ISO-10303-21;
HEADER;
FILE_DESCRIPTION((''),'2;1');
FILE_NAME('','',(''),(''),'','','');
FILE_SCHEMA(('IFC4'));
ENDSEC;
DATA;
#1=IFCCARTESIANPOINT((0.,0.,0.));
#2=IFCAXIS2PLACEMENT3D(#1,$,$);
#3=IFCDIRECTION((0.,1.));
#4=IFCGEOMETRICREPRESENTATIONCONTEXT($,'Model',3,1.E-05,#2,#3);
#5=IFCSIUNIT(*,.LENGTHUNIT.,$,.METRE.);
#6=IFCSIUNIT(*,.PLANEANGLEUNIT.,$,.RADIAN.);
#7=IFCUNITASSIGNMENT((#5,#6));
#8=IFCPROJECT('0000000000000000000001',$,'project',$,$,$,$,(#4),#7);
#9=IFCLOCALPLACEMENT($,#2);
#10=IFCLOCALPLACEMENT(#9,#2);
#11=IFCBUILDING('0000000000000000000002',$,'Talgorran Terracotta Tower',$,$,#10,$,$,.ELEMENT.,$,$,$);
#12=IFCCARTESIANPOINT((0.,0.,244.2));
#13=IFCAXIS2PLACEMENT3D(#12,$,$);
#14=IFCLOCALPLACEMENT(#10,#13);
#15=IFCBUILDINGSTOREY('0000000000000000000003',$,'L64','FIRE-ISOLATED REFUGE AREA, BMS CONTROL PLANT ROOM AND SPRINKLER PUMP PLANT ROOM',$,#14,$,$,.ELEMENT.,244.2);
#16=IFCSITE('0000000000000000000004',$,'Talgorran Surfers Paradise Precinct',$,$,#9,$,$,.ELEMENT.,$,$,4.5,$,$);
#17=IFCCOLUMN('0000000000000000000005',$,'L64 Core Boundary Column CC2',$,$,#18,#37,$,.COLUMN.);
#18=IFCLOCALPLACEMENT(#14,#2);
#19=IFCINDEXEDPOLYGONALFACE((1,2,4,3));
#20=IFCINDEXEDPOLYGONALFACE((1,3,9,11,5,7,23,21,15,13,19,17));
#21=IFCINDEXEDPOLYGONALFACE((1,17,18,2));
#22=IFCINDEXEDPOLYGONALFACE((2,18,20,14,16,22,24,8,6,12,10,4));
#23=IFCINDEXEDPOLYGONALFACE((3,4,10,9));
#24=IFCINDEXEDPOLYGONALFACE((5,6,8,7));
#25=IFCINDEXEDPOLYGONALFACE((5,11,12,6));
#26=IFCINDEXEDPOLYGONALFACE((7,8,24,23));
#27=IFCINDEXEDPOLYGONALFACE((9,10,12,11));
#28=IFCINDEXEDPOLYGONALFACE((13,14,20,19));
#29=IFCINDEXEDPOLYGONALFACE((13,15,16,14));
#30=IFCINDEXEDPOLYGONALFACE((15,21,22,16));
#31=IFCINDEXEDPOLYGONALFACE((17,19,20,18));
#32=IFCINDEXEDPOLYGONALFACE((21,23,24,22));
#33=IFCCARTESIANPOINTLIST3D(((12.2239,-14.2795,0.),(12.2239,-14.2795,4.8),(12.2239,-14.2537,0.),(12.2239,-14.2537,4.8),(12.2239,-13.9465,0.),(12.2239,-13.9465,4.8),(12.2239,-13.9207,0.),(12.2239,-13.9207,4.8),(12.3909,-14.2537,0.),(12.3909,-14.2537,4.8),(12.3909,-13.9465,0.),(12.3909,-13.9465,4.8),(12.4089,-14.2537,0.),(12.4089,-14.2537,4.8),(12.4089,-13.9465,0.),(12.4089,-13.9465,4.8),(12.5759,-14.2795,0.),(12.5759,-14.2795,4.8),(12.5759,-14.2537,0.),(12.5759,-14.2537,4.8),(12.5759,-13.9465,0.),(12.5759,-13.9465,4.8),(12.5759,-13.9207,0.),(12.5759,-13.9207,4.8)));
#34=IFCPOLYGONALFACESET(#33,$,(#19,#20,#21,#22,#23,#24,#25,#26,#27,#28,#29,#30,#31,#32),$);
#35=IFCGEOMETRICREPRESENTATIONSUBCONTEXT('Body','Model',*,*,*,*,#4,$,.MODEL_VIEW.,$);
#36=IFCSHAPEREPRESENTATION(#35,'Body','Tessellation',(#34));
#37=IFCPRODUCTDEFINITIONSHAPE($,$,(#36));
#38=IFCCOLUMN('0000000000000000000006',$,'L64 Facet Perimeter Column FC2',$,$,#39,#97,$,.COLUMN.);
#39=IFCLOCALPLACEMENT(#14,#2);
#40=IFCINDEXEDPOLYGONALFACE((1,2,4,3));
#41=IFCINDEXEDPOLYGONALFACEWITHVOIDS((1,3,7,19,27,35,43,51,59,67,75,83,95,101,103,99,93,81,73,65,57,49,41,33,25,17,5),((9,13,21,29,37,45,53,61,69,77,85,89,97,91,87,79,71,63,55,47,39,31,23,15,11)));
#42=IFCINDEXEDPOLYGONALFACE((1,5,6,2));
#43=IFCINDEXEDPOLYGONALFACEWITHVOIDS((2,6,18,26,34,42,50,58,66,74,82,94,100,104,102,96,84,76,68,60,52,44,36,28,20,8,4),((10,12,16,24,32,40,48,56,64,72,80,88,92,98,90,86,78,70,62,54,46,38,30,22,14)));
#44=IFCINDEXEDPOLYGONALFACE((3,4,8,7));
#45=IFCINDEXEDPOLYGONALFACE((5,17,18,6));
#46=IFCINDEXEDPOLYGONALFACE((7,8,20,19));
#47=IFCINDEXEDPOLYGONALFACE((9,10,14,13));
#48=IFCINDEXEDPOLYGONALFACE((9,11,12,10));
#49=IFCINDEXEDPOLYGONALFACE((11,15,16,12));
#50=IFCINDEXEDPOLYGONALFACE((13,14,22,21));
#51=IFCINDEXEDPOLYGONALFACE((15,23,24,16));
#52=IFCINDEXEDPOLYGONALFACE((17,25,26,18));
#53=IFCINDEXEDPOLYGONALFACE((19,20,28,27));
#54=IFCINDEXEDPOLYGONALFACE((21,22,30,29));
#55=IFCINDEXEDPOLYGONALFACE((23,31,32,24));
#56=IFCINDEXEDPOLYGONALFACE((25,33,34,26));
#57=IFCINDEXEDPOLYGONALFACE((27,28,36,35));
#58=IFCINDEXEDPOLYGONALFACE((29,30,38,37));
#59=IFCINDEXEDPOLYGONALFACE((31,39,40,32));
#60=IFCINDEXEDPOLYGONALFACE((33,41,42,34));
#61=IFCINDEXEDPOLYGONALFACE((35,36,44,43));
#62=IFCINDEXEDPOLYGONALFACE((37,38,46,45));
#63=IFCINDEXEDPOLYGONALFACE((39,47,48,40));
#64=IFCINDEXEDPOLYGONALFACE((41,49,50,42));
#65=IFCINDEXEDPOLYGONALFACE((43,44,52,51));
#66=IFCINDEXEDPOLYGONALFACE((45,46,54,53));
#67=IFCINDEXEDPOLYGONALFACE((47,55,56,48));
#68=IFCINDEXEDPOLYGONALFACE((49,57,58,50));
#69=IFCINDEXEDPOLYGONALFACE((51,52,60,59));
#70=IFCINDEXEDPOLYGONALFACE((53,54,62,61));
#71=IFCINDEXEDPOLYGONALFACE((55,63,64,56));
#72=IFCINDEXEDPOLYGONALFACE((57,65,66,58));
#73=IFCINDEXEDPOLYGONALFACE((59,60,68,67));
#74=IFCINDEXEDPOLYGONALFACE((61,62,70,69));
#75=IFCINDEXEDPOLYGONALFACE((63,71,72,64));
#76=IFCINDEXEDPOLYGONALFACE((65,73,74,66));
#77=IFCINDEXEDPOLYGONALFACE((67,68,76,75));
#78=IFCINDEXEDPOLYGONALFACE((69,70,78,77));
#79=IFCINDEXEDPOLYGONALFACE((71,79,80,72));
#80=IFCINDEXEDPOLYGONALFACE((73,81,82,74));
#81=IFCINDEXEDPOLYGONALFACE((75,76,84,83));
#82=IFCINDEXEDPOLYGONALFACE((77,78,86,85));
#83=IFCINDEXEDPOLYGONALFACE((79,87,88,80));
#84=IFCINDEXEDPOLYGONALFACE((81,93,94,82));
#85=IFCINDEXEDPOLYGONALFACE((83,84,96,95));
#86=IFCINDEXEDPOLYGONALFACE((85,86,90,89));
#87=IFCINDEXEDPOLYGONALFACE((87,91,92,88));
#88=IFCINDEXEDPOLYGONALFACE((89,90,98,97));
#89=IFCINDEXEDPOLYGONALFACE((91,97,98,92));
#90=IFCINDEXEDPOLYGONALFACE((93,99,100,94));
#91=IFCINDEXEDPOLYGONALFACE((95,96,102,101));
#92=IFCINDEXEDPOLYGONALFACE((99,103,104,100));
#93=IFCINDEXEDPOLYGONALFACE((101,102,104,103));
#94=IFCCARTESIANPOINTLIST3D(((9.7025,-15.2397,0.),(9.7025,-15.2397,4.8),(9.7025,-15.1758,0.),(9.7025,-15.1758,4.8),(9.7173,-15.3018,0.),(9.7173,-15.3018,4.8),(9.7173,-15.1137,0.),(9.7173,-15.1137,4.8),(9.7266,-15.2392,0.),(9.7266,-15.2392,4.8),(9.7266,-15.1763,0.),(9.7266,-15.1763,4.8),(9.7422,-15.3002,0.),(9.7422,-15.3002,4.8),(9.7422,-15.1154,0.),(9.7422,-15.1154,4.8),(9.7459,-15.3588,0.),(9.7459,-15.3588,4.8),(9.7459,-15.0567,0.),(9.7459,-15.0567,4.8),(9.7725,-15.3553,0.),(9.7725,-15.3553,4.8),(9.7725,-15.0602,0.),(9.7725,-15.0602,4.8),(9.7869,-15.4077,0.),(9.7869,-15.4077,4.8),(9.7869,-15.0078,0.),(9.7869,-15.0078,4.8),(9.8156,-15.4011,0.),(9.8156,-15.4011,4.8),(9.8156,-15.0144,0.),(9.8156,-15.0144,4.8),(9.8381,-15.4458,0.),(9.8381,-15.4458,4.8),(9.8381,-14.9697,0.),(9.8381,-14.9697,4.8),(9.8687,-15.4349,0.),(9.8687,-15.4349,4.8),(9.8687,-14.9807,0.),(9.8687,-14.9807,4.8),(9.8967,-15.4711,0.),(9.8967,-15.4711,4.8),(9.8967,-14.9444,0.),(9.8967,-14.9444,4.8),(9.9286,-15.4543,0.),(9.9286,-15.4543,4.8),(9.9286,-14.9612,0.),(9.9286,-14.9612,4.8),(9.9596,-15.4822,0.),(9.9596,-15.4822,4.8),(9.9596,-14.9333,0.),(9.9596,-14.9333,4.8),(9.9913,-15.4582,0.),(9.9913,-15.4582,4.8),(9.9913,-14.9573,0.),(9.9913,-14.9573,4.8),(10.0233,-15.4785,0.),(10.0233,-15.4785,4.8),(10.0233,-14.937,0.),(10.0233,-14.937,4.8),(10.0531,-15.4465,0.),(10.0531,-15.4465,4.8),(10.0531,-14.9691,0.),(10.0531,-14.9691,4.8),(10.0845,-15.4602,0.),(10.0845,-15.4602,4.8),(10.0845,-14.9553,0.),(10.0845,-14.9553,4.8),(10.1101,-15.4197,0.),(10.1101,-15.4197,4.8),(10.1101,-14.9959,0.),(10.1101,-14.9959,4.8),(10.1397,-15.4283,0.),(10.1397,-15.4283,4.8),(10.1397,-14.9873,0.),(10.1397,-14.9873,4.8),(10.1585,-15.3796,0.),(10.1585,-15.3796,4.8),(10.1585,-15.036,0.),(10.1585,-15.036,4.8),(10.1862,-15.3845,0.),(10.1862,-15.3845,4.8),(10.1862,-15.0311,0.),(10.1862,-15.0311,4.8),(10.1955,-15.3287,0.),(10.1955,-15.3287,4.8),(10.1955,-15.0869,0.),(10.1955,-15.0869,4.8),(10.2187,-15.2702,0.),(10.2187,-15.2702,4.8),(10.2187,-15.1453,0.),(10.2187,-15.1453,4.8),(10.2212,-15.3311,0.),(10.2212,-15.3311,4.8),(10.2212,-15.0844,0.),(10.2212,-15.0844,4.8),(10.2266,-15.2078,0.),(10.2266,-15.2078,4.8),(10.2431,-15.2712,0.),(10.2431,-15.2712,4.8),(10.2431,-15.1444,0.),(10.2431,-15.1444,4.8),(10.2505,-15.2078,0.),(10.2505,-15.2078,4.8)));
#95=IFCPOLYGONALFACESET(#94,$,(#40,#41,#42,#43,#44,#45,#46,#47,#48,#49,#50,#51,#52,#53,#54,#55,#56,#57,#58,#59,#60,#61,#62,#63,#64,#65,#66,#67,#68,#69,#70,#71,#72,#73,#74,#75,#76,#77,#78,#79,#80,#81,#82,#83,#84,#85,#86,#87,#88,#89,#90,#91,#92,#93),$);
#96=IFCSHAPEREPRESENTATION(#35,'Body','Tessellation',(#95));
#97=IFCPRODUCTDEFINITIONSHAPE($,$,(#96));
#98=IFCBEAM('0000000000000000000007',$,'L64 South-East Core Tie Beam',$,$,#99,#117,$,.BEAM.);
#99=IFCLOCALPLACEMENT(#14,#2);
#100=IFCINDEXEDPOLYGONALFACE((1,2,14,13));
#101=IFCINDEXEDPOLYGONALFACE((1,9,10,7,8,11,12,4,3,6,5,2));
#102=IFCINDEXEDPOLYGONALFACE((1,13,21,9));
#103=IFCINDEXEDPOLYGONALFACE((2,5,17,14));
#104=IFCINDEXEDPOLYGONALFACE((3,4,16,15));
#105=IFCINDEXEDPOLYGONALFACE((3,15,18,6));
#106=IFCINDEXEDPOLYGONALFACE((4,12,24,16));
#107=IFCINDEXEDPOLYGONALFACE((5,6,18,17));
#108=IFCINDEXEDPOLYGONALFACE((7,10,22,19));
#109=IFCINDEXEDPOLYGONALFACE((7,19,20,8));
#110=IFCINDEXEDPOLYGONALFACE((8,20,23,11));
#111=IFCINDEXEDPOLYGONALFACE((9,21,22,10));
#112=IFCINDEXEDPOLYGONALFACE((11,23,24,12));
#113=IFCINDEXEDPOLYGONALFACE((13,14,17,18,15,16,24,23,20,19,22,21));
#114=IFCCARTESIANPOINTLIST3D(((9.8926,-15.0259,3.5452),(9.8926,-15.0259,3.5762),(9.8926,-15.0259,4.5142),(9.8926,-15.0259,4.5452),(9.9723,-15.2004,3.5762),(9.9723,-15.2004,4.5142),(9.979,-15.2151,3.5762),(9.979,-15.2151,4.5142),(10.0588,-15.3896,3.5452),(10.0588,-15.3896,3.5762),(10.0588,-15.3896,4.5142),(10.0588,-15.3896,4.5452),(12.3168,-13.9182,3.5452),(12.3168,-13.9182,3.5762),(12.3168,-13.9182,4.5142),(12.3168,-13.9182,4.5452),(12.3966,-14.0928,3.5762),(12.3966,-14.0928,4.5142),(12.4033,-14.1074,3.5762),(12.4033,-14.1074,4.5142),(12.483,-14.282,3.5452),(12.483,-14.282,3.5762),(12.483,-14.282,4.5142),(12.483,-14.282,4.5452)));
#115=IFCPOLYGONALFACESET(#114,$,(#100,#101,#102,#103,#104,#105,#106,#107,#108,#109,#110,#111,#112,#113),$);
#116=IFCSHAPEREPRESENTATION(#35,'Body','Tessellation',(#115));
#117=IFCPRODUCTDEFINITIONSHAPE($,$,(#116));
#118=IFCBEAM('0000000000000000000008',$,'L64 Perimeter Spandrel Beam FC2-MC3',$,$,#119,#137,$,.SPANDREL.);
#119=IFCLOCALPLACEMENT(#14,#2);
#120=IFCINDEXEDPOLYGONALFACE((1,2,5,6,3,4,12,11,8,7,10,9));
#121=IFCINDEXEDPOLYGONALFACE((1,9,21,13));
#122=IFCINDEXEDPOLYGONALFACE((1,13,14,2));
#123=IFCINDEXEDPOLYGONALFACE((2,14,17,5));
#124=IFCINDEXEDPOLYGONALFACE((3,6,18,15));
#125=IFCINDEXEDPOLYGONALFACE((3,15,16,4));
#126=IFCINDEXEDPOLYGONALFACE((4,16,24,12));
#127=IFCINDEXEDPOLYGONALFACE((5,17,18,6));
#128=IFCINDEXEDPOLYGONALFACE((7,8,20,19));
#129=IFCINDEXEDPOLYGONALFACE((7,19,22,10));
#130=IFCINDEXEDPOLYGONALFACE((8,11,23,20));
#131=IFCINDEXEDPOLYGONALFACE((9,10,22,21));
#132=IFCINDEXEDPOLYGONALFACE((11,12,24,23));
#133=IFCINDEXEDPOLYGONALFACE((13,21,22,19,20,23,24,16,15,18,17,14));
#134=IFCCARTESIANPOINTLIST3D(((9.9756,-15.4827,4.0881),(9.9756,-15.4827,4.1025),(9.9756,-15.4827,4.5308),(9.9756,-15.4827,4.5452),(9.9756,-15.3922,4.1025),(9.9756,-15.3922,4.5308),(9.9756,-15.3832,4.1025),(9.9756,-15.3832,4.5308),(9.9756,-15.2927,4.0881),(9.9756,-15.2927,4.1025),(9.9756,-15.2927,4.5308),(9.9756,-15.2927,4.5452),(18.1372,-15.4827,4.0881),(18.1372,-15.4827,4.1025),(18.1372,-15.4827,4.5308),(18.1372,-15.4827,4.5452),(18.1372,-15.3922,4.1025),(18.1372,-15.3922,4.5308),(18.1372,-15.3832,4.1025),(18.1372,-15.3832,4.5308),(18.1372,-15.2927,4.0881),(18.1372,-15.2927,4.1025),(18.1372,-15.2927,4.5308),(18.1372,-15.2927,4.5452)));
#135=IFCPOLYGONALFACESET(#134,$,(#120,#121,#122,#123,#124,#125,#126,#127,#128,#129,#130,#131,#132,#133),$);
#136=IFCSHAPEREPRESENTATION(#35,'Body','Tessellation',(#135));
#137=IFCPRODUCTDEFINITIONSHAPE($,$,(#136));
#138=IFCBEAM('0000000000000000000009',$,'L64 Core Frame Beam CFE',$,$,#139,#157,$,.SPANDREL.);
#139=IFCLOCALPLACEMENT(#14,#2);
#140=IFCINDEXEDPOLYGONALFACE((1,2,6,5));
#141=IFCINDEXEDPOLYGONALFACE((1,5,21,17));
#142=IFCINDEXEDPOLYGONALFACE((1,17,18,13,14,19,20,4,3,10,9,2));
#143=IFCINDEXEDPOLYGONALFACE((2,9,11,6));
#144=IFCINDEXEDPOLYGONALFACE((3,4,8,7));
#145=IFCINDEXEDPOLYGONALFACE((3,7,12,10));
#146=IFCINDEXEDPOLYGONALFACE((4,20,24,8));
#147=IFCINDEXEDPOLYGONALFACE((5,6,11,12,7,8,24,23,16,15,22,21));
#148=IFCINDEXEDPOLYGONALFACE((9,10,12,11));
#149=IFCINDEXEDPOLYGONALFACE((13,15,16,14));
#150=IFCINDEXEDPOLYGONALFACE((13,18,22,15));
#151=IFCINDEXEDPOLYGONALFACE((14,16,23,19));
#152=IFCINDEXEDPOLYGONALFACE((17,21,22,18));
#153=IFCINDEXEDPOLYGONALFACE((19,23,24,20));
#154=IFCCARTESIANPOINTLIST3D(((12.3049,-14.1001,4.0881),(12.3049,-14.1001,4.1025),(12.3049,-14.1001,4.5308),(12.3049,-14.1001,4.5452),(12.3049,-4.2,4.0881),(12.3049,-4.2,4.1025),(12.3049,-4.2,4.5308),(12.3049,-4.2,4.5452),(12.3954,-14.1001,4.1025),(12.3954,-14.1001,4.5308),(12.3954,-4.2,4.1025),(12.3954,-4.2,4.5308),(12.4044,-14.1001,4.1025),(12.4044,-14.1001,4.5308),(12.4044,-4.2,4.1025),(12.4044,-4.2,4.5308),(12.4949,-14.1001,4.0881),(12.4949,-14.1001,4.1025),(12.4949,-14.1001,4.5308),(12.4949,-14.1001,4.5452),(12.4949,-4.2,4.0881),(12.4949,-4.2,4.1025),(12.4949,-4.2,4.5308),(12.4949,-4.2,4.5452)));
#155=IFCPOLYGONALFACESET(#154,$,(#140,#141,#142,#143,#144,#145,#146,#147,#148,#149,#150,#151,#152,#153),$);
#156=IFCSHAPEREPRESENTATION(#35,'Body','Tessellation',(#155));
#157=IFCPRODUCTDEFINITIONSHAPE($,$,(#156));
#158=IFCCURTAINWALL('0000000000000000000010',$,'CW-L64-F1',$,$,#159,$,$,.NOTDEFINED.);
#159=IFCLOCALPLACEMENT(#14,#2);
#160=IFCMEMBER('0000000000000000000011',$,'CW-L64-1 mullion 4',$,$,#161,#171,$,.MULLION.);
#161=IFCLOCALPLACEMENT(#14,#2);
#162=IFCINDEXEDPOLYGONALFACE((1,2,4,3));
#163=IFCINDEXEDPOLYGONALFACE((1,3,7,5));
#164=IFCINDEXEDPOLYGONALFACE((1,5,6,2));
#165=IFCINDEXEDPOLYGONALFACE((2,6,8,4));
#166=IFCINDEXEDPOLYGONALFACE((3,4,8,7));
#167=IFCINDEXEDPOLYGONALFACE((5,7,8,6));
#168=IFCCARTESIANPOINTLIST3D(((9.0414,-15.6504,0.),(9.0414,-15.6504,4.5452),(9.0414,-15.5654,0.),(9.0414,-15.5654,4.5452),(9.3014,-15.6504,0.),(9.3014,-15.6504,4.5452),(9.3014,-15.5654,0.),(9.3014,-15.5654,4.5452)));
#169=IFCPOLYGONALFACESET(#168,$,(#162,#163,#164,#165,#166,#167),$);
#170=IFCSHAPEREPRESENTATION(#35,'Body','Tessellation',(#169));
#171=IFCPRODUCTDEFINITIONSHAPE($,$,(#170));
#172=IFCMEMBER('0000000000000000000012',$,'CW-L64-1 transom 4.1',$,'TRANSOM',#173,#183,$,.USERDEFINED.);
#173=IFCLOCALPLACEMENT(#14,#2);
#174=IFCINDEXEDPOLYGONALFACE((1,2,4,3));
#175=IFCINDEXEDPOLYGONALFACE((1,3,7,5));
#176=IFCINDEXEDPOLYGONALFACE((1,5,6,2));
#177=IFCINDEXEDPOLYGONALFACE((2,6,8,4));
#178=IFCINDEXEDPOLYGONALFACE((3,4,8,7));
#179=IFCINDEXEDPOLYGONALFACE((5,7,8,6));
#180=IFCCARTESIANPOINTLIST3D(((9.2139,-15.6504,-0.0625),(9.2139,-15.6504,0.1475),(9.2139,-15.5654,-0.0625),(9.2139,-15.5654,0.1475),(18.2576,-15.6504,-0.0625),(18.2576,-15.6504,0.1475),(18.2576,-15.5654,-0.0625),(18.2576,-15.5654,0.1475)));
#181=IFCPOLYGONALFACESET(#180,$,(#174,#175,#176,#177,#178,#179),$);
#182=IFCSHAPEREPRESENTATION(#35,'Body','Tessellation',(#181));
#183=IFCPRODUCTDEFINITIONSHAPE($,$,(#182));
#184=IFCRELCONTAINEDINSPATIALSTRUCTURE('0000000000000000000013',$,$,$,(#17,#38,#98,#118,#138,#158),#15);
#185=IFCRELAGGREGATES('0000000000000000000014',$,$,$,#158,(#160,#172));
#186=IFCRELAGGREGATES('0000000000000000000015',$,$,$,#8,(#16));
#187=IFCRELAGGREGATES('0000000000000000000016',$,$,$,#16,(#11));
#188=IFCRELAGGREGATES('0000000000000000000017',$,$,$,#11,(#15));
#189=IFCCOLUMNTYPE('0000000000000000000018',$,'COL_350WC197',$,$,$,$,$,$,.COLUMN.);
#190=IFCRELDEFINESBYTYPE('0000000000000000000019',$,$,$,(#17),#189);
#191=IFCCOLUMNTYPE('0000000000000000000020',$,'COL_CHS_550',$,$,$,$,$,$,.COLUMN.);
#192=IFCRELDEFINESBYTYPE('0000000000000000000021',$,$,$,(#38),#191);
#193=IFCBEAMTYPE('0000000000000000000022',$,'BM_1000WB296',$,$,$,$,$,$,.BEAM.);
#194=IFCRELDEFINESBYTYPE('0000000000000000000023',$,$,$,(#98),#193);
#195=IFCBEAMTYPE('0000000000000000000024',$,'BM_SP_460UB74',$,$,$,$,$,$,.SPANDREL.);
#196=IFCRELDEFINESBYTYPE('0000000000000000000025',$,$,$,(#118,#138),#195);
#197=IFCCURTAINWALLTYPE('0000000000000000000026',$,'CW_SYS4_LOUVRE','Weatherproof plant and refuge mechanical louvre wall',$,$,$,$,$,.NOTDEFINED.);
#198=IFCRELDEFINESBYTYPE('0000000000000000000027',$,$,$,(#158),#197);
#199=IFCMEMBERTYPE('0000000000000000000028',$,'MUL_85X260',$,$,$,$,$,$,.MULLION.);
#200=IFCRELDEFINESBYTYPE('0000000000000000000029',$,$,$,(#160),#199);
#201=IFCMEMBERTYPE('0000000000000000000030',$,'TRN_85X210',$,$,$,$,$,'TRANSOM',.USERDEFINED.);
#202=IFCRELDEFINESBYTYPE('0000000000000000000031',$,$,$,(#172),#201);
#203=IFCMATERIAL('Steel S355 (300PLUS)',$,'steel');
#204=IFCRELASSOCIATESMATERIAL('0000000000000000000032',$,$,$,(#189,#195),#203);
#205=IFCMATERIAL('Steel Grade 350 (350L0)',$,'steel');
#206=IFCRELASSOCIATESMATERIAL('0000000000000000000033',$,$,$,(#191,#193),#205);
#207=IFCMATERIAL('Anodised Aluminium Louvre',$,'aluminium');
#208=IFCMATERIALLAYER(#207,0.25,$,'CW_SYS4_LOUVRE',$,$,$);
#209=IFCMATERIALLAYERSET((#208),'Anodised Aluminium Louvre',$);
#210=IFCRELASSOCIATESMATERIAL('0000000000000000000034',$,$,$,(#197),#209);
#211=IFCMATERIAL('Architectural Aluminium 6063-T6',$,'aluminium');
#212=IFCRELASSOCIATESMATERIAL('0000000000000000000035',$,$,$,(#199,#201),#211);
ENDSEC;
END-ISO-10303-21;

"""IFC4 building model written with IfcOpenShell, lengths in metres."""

from ifc_helpers import new_model, si_unit, direction, frame, origin, origin_2d, place, context, subcontext, project, spatial, rectangle, hollow_circle, i_section, extrude, material, layer, layer_set, material_profile, profile_set, type_object, element, aggregate, save


model = new_model("IFC4")

# Units and contexts
model_context = context("Model", 3, precision=1e-05, world=origin(), true_north=direction((0.0, 1.0)))
body_context = subcontext(model_context, "Body", "Model", "MODEL_VIEW")
ifc_project = project(units=[si_unit("LENGTHUNIT", "METRE"), si_unit("PLANEANGLEUNIT", "RADIAN")], contexts=[model_context])

# Site, building, storey
site_placement = place(None, origin())
site = spatial("IfcSite", under=ifc_project, at=site_placement, Name="Talgorran Surfers Paradise Precinct", CompositionType="ELEMENT", RefElevation=4.5)
building_placement = place(site_placement, origin())
building = spatial("IfcBuilding", under=site, at=building_placement, Name="Talgorran Terracotta Tower", CompositionType="ELEMENT")
storey_placement = place(building_placement, frame((0.0, 0.0, 244.2)))
storey = spatial("IfcBuildingStorey", under=building, at=storey_placement, Name="L64", Description="FIRE-ISOLATED REFUGE AREA, BMS CONTROL PLANT ROOM AND SPRINKLER PUMP PLANT ROOM", CompositionType="ELEMENT", Elevation=244.2)

# Columns
ifc_material_1 = material(Name="Steel S355 (300PLUS)", Category="steel")
ifc_material_profile_1 = material_profile(ifc_material_1, i_section(OverallWidth=0.3521, OverallDepth=0.3589, WebThickness=0.0181, FlangeThickness=0.0259, at=origin_2d()), Name="350WC197")
ifc_profile_set_1 = profile_set([ifc_material_profile_1], Name="Steel S355 (300PLUS)")
column_type_1 = type_object("IfcColumnType", Name="COL_350WC197", PredefinedType="COLUMN", material=ifc_profile_set_1)
column_1_placement = place(storey_placement, frame((12.3999, -14.1001, 0.0), z_axis=(0.0, 0.0, 1.0), x_axis=(1.0, 0.0, 0.0)))
element("IfcColumn", 1, at=column_1_placement, inside=storey, type_object=column_type_1, Name="L64 Core Boundary Column CC2", PredefinedType="COLUMN", context=body_context, shape_type="SweptSolid", body=[
    extrude(i_section(OverallWidth=0.3521, OverallDepth=0.3589, WebThickness=0.0181, FlangeThickness=0.0259, at=origin_2d()), origin(), (0.0, 0.0, 1.0), 4.8),
])
ifc_material_2 = material(Name="Steel Grade 350 (350L0)", Category="steel")
ifc_material_profile_2 = material_profile(ifc_material_2, hollow_circle(Radius=0.2749, WallThickness=0.0239, at=origin_2d()), Name="CHS550X24")
ifc_profile_set_2 = profile_set([ifc_material_profile_2], Name="Steel Grade 350 (350L0)")
column_type_2 = type_object("IfcColumnType", Name="COL_CHS_550", PredefinedType="COLUMN", material=ifc_profile_set_2)
column_2_placement = place(storey_placement, frame((9.9756, -15.2078, 0.0), z_axis=(0.0, 0.0, 1.0), x_axis=(1.0, 0.0, 0.0)))
element("IfcColumn", 2, at=column_2_placement, inside=storey, type_object=column_type_2, Name="L64 Facet Perimeter Column FC2", PredefinedType="COLUMN", context=body_context, shape_type="SweptSolid", body=[
    extrude(hollow_circle(Radius=0.2749, WallThickness=0.0239, at=origin_2d()), origin(), (0.0, 0.0, 1.0), 4.8),
])

# Beams
ifc_material_profile_3 = material_profile(ifc_material_2, i_section(OverallWidth=0.3999, OverallDepth=1.0, WebThickness=0.0161, FlangeThickness=0.031, at=origin_2d()), Name="1000WB296")
ifc_profile_set_3 = profile_set([ifc_material_profile_3], Name="Steel Grade 350 (350L0)")
beam_type_1 = type_object("IfcBeamType", Name="BM_1000WB296", PredefinedType="BEAM", material=ifc_profile_set_3)
beam_1_placement = place(storey_placement, frame((12.3999, -14.1001, 4.0452), z_axis=(-0.909559, -0.415576, 0.0), x_axis=(0.415576, -0.909559, 0.0)))
element("IfcBeam", 3, at=beam_1_placement, inside=storey, type_object=beam_type_1, Name="L64 South-East Core Tie Beam", PredefinedType="BEAM", context=body_context, shape_type="SweptSolid", body=[
    extrude(i_section(OverallWidth=0.3999, OverallDepth=1.0, WebThickness=0.0161, FlangeThickness=0.031, at=origin_2d()), origin(), (0.0, 0.0, 1.0), 2.6653),
])
ifc_material_profile_4 = material_profile(ifc_material_1, i_section(OverallWidth=0.1899, OverallDepth=0.457, WebThickness=0.009, FlangeThickness=0.0144, at=origin_2d()), Name="460UB74.6")
ifc_profile_set_4 = profile_set([ifc_material_profile_4], Name="Steel S355 (300PLUS)")
beam_type_2 = type_object("IfcBeamType", Name="BM_SP_460UB74", PredefinedType="SPANDREL", material=ifc_profile_set_4)
beam_2_placement = place(storey_placement, frame((9.9756, -15.3877, 4.3167), z_axis=(1.0, 0.0, 0.0), x_axis=(0.0, 1.0, 0.0)))
element("IfcBeam", 4, at=beam_2_placement, inside=storey, type_object=beam_type_2, Name="L64 Perimeter Spandrel Beam FC2-MC3", PredefinedType="SPANDREL", context=body_context, shape_type="SweptSolid", body=[
    extrude(i_section(OverallWidth=0.1899, OverallDepth=0.457, WebThickness=0.009, FlangeThickness=0.0144, at=origin_2d()), origin(), (0.0, 0.0, 1.0), 8.1616),
])
beam_3_placement = place(storey_placement, frame((12.3999, -14.1001, 4.3167), z_axis=(0.0, 1.0, 0.0), x_axis=(-1.0, 0.0, 0.0)))
element("IfcBeam", 5, at=beam_3_placement, inside=storey, type_object=beam_type_2, Name="L64 Core Frame Beam CFE", PredefinedType="SPANDREL", context=body_context, shape_type="SweptSolid", body=[
    extrude(i_section(OverallWidth=0.1899, OverallDepth=0.457, WebThickness=0.009, FlangeThickness=0.0144, at=origin_2d()), origin(), (0.0, 0.0, 1.0), 9.9001),
])

# Curtain wall, members
ifc_material_3 = material(Name="Anodised Aluminium Louvre", Category="aluminium")
ifc_layer_1 = layer(ifc_material_3, 0.25, Name="CW_SYS4_LOUVRE")
ifc_layer_set_1 = layer_set([ifc_layer_1], Name="Anodised Aluminium Louvre")
curtain_wall_type = type_object("IfcCurtainWallType", Name="CW_SYS4_LOUVRE", Description="Weatherproof plant and refuge mechanical louvre wall", PredefinedType="NOTDEFINED", material=ifc_layer_set_1)
curtain_wall_placement = place(storey_placement, origin())
curtain_wall = element("IfcCurtainWall", 6, at=curtain_wall_placement, inside=storey, type_object=curtain_wall_type, Name="CW-L64-F1", PredefinedType="NOTDEFINED")
ifc_material_4 = material(Name="Architectural Aluminium 6063-T6", Category="aluminium")
ifc_material_profile_5 = material_profile(ifc_material_4, rectangle(XDim=0.085, YDim=0.26, at=origin_2d()), Name="CWM85X260")
ifc_profile_set_5 = profile_set([ifc_material_profile_5], Name="Architectural Aluminium 6063-T6")
member_type_1 = type_object("IfcMemberType", Name="MUL_85X260", PredefinedType="MULLION", material=ifc_profile_set_5)
member_1_placement = place(storey_placement, frame((9.1714, -15.6079, 0.0), z_axis=(0.0, 0.0, 1.0), x_axis=(0.0, 1.0, 0.0)))
member_1 = element("IfcMember", 7, at=member_1_placement, type_object=member_type_1, Name="CW-L64-1 mullion 4", PredefinedType="MULLION", context=body_context, shape_type="SweptSolid", body=[
    extrude(rectangle(XDim=0.085, YDim=0.26, at=origin_2d()), origin(), (0.0, 0.0, 1.0), 4.5452),
])
ifc_material_profile_6 = material_profile(ifc_material_4, rectangle(XDim=0.085, YDim=0.21, at=origin_2d()), Name="CWT85X210")
ifc_profile_set_6 = profile_set([ifc_material_profile_6], Name="Architectural Aluminium 6063-T6")
member_type_2 = type_object("IfcMemberType", Name="TRN_85X210", ElementType="TRANSOM", PredefinedType="USERDEFINED", material=ifc_profile_set_6)
member_2_placement = place(storey_placement, frame((9.2139, -15.6079, 0.0425), z_axis=(1.0, 0.0, 0.0), x_axis=(0.0, 1.0, 0.0)))
member_2 = element("IfcMember", 8, at=member_2_placement, type_object=member_type_2, Name="CW-L64-1 transom 4.1", ObjectType="TRANSOM", PredefinedType="USERDEFINED", context=body_context, shape_type="SweptSolid", body=[
    extrude(rectangle(XDim=0.085, YDim=0.21, at=origin_2d()), origin(), (0.0, 0.0, 1.0), 9.0437),
])
aggregate(curtain_wall, [member_1, member_2])

save(model, "model.ifc")
